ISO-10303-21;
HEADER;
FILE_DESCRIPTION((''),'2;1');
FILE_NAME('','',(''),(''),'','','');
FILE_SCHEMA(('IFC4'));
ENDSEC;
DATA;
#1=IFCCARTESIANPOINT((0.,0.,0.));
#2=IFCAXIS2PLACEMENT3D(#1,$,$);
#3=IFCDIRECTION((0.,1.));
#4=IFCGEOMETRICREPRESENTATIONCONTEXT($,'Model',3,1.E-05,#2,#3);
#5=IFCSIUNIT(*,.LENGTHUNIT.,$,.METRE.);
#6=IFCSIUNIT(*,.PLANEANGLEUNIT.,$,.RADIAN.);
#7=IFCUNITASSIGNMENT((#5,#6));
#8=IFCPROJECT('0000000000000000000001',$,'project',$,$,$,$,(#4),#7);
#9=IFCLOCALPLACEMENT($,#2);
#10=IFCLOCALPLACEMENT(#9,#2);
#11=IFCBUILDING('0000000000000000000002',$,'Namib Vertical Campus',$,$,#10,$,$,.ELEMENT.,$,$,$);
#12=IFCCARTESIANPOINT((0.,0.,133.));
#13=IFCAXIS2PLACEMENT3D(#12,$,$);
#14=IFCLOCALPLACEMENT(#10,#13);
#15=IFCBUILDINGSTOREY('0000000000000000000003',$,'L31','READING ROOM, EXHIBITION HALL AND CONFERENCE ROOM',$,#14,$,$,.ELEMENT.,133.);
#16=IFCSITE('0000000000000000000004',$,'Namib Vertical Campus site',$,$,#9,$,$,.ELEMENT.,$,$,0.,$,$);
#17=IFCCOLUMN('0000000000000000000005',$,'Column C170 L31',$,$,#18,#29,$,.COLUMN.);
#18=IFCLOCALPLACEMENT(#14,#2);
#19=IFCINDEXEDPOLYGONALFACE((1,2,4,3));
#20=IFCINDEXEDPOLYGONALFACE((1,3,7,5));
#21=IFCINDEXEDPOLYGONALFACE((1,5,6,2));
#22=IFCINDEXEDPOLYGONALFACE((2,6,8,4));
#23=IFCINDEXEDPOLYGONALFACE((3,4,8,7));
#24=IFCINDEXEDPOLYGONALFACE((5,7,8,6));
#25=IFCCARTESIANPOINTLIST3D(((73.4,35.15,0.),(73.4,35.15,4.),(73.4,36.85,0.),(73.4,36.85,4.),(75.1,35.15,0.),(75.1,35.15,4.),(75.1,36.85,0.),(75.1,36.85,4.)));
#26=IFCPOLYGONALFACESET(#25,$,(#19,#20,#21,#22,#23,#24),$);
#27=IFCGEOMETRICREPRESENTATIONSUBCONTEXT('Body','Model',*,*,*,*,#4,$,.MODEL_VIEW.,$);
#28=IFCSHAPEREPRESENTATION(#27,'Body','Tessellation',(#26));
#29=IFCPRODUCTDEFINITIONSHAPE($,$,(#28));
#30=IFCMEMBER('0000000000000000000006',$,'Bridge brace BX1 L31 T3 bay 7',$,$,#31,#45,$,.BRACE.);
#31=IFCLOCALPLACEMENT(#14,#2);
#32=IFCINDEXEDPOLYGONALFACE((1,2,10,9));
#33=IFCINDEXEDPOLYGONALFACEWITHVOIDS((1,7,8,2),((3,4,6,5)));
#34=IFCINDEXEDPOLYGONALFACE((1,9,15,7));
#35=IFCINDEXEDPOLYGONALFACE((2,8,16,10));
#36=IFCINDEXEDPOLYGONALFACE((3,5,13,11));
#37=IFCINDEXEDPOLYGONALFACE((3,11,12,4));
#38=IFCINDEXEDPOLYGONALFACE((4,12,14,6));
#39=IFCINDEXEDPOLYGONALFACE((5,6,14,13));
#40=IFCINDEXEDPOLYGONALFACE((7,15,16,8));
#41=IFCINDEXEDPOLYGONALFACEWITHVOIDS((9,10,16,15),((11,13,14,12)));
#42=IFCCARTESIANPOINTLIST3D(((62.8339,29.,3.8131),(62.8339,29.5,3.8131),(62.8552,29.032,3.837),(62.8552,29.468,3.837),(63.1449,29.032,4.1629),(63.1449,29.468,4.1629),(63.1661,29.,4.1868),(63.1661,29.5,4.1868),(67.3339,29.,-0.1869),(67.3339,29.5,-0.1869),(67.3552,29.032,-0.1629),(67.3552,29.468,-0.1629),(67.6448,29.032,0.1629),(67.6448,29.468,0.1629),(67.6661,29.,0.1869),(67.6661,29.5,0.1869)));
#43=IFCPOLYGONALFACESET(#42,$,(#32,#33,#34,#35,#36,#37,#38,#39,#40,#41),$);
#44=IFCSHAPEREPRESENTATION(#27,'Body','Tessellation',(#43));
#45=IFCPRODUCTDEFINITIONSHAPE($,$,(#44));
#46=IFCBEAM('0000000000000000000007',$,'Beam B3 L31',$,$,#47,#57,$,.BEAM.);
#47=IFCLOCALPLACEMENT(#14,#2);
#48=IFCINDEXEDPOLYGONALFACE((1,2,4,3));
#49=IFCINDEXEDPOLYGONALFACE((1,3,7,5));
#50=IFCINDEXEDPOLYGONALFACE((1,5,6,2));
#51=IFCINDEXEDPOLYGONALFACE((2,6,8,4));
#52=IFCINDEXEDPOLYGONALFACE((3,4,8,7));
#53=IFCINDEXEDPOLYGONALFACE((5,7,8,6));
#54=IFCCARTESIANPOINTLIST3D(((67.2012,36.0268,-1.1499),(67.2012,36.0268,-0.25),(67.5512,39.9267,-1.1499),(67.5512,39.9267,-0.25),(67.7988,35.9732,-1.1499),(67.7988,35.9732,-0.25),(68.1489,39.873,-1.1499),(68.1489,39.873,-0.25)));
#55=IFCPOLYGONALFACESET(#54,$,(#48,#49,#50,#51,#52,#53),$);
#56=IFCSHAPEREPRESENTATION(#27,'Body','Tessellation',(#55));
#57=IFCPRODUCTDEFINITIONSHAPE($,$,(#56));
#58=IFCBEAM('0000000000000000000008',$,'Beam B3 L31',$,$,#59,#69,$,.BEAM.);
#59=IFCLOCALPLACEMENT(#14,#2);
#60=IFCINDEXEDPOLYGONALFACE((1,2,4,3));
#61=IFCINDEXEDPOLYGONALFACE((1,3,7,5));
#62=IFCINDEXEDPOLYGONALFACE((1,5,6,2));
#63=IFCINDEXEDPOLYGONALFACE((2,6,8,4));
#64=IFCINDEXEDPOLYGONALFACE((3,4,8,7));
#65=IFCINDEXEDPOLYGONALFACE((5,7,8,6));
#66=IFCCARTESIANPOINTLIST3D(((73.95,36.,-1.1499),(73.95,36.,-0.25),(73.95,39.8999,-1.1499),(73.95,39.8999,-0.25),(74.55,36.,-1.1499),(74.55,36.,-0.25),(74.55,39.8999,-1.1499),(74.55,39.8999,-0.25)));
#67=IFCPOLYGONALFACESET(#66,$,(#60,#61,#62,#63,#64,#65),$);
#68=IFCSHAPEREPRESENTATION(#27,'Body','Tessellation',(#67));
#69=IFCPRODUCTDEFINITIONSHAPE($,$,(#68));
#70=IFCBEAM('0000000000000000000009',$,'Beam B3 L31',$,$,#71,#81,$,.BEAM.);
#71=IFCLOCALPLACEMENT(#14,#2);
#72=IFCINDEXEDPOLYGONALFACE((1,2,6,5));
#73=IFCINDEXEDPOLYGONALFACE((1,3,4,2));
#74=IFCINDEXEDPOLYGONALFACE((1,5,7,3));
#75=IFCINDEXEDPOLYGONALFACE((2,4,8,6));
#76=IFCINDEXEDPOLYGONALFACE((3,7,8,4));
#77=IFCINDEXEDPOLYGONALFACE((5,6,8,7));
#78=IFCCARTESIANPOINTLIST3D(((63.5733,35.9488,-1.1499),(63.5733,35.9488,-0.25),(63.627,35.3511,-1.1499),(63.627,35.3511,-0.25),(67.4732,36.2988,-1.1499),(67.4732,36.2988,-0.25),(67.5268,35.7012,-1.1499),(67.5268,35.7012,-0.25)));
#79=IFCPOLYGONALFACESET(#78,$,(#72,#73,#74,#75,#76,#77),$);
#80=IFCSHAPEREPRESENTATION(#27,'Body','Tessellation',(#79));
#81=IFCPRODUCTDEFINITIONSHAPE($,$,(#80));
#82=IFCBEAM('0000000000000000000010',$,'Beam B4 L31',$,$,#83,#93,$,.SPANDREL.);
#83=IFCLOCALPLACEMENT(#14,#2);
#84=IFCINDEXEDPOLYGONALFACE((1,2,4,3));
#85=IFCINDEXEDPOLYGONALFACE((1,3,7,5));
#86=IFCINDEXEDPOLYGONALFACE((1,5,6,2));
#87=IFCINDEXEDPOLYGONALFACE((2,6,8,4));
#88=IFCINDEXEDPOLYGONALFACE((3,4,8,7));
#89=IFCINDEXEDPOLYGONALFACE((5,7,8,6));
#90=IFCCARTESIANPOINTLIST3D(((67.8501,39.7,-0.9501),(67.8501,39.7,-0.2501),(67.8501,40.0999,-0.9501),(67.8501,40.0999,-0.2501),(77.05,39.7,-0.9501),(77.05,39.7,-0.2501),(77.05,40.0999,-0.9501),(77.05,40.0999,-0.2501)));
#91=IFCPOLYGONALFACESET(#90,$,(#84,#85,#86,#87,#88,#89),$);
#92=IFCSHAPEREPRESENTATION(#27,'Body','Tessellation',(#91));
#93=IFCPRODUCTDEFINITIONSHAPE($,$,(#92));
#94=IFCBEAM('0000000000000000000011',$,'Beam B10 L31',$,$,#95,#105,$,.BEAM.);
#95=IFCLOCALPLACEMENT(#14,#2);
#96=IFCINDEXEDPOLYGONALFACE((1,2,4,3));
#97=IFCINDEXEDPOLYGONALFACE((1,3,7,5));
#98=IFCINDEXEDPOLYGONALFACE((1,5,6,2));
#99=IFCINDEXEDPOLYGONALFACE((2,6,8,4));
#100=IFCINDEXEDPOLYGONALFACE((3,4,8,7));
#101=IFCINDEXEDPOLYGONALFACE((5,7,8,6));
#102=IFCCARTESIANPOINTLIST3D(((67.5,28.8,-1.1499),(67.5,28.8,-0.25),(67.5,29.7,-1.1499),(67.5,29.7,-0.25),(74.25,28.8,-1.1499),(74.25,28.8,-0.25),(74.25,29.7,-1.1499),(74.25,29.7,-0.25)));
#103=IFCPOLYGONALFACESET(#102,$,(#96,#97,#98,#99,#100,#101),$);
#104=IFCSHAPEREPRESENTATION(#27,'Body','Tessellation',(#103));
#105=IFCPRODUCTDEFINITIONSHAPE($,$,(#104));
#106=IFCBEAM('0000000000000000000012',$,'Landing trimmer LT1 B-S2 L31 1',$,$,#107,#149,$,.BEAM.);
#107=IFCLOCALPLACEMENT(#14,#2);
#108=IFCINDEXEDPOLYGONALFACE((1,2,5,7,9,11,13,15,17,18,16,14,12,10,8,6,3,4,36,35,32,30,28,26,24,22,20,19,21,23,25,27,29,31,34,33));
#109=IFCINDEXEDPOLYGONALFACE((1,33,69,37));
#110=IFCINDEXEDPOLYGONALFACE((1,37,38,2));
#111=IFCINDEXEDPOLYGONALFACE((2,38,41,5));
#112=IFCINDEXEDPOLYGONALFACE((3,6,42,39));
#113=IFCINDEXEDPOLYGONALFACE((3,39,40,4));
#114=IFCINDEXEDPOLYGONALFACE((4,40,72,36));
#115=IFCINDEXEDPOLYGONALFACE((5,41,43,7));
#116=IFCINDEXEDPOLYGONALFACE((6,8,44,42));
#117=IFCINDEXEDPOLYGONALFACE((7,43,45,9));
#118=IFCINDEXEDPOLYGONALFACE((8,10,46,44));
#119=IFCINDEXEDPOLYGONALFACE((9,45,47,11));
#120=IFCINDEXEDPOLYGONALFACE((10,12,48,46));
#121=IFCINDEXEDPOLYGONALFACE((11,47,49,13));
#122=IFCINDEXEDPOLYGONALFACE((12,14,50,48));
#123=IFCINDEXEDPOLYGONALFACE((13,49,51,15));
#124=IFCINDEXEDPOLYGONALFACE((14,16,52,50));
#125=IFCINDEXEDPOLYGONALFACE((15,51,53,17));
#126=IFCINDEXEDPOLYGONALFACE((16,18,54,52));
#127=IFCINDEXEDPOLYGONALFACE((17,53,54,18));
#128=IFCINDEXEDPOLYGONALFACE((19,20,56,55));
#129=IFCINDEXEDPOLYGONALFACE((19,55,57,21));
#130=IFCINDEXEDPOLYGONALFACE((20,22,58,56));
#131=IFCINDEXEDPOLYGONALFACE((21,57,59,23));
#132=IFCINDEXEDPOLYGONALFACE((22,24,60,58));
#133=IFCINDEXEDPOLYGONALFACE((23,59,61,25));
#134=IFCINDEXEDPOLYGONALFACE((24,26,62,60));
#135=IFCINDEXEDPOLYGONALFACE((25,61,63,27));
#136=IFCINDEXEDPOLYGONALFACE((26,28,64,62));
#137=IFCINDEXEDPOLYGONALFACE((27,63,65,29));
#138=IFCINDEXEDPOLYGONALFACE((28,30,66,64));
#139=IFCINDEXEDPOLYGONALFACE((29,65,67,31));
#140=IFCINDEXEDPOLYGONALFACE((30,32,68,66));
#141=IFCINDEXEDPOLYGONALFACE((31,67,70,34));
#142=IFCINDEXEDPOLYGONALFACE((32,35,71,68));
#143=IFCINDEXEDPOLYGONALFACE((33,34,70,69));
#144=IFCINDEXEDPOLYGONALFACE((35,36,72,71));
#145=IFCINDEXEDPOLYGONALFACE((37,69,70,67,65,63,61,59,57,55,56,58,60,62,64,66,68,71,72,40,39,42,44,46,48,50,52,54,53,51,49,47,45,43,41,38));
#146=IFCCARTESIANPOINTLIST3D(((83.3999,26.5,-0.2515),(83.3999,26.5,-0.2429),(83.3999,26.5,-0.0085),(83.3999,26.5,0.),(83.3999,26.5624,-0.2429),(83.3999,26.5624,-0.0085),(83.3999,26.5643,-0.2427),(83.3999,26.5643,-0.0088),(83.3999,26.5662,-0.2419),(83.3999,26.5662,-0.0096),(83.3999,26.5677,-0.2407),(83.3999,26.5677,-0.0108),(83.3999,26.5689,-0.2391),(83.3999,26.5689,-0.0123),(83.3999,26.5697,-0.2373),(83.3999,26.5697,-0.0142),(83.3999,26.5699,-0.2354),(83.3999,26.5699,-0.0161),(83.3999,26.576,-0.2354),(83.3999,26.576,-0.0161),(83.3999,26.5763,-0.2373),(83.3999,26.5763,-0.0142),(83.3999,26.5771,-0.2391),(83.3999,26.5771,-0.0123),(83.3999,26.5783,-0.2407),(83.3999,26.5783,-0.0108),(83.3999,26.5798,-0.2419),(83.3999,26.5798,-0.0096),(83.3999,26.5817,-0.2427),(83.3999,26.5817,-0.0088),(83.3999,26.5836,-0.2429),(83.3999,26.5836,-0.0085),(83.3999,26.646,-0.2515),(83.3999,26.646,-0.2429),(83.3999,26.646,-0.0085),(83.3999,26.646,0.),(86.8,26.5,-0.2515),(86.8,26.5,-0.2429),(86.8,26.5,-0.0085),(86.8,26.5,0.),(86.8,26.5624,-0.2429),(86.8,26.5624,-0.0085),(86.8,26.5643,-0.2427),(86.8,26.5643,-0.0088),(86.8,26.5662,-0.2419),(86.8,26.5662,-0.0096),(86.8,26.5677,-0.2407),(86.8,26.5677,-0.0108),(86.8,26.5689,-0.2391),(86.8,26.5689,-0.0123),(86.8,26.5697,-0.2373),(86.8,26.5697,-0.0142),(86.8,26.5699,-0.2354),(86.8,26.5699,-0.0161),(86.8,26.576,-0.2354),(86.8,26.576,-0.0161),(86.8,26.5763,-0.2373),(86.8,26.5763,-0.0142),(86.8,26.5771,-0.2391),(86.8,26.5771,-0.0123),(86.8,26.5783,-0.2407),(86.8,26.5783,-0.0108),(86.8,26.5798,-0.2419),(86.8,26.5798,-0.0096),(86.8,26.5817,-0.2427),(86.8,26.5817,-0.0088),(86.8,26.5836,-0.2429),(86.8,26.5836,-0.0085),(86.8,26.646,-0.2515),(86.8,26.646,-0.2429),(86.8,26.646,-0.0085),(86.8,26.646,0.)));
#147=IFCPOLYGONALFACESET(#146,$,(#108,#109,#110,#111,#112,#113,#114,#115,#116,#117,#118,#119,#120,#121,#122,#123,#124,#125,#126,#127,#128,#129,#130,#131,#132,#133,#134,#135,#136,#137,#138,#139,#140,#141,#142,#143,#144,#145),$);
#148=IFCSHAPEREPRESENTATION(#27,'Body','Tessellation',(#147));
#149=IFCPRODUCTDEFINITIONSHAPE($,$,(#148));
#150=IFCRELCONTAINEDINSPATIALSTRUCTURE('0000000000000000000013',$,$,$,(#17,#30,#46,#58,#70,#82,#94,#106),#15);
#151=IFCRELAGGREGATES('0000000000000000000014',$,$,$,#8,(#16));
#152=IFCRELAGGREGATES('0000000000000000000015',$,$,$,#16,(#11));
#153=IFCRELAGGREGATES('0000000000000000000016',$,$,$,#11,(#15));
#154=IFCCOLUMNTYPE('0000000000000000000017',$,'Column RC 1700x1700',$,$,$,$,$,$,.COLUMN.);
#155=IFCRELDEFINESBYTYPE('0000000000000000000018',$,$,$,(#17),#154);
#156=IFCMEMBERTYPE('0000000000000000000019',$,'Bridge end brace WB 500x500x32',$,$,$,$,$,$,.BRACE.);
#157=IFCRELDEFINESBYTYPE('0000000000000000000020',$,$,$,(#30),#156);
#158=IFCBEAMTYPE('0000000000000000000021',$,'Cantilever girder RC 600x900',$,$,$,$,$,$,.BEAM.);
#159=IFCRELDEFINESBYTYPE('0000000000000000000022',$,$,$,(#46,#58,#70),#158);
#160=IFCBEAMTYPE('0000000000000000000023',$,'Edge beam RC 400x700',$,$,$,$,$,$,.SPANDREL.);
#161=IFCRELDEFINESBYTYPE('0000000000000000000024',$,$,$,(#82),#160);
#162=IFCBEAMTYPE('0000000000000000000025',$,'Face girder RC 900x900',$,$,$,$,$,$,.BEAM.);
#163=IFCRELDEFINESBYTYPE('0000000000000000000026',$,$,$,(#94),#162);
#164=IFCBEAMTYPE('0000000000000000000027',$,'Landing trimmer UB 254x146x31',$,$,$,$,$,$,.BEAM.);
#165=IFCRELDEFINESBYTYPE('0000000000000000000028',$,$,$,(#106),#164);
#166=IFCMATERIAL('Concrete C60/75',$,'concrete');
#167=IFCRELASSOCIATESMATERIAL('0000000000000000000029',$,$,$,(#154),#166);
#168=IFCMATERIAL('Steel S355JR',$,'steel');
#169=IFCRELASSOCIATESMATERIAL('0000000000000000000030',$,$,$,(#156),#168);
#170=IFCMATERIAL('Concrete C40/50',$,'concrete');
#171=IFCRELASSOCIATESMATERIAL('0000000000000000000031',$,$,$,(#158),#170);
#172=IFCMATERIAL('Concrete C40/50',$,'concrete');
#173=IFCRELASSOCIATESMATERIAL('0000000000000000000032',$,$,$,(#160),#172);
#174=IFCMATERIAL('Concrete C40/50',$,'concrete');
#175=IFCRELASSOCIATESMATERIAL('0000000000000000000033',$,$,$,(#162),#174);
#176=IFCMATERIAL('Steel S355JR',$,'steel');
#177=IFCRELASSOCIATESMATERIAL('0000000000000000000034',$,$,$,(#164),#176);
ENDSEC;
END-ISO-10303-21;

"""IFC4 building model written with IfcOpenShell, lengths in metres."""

from ifc_helpers import new_model, si_unit, direction, frame, origin, origin_2d, place, context, subcontext, project, spatial, rectangle, hollow_rectangle, i_section, extrude, material, material_profile, profile_set, type_object, element, save


model = new_model("IFC4")

# Units and contexts
model_context = context("Model", 3, precision=1e-05, world=origin(), true_north=direction((0.0, 1.0)))
body_context = subcontext(model_context, "Body", "Model", "MODEL_VIEW")
ifc_project = project(units=[si_unit("LENGTHUNIT", "METRE"), si_unit("PLANEANGLEUNIT", "RADIAN")], contexts=[model_context])

# Site, building, storey
site_placement = place(None, origin())
site = spatial("IfcSite", under=ifc_project, at=site_placement, Name="Namib Vertical Campus site", CompositionType="ELEMENT", RefElevation=0.0)
building_placement = place(site_placement, origin())
building = spatial("IfcBuilding", under=site, at=building_placement, Name="Namib Vertical Campus", CompositionType="ELEMENT")
storey_placement = place(building_placement, frame((0.0, 0.0, 133.0)))
storey = spatial("IfcBuildingStorey", under=building, at=storey_placement, Name="L31", Description="READING ROOM, EXHIBITION HALL AND CONFERENCE ROOM", CompositionType="ELEMENT", Elevation=133.0)

# Column
ifc_material_1 = material(Name="Concrete C60/75", Category="concrete")
ifc_material_profile_1 = material_profile(ifc_material_1, rectangle(XDim=1.7, YDim=1.7, at=origin_2d()))
ifc_profile_set_1 = profile_set([ifc_material_profile_1], Name="Concrete C60/75")
column_type = type_object("IfcColumnType", Name="Column RC 1700x1700", PredefinedType="COLUMN", material=ifc_profile_set_1)
column_placement = place(storey_placement, frame((74.25, 36.0, 0.0), z_axis=(0.0, 0.0, 1.0), x_axis=(1.0, 0.0, 0.0)))
element("IfcColumn", 1, at=column_placement, inside=storey, type_object=column_type, Name="Column C170 L31", PredefinedType="COLUMN", context=body_context, shape_type="SweptSolid", body=[
    extrude(rectangle(XDim=1.7, YDim=1.7, at=origin_2d()), origin(), (0.0, 0.0, 1.0), 4.0),
])

# Member
ifc_material_2 = material(Name="Steel S355JR", Category="steel")
ifc_material_profile_2 = material_profile(ifc_material_2, hollow_rectangle(XDim=0.5, YDim=0.5, WallThickness=0.032, at=origin_2d()))
ifc_profile_set_2 = profile_set([ifc_material_profile_2], Name="Steel S355JR")
member_type = type_object("IfcMemberType", Name="Bridge end brace WB 500x500x32", PredefinedType="BRACE", material=ifc_profile_set_2)
member_placement = place(storey_placement, frame((67.5, 29.25, 0.0), z_axis=(-0.747409, 0.0, 0.664364), x_axis=(0.0, -1.0, 0.0)))
element("IfcMember", 2, at=member_placement, inside=storey, type_object=member_type, Name="Bridge brace BX1 L31 T3 bay 7", PredefinedType="BRACE", context=body_context, shape_type="SweptSolid", body=[
    extrude(hollow_rectangle(XDim=0.5, YDim=0.5, WallThickness=0.032, at=origin_2d()), origin(), (0.0, 0.0, 1.0), 6.0208),
])

# Beams
ifc_material_3 = material(Name="Concrete C40/50", Category="concrete")
ifc_material_profile_3 = material_profile(ifc_material_3, rectangle(XDim=0.6001, YDim=0.8999, at=origin_2d()))
ifc_profile_set_3 = profile_set([ifc_material_profile_3], Name="Concrete C40/50")
beam_type_1 = type_object("IfcBeamType", Name="Cantilever girder RC 600x900", PredefinedType="BEAM", material=ifc_profile_set_3)
beam_1_placement = place(storey_placement, frame((67.5, 36.0, -0.7), z_axis=(0.089411, 0.995995, 0.0), x_axis=(-0.995995, 0.089411, 0.0)))
element("IfcBeam", 3, at=beam_1_placement, inside=storey, type_object=beam_type_1, Name="Beam B3 L31", PredefinedType="BEAM", context=body_context, shape_type="SweptSolid", body=[
    extrude(rectangle(XDim=0.6001, YDim=0.8999, at=origin_2d()), origin(), (0.0, 0.0, 1.0), 3.9155),
])
beam_2_placement = place(storey_placement, frame((74.25, 36.0, -0.7), z_axis=(0.0, 1.0, 0.0), x_axis=(-1.0, 0.0, 0.0)))
element("IfcBeam", 4, at=beam_2_placement, inside=storey, type_object=beam_type_1, Name="Beam B3 L31", PredefinedType="BEAM", context=body_context, shape_type="SweptSolid", body=[
    extrude(rectangle(XDim=0.6001, YDim=0.8999, at=origin_2d()), origin(), (0.0, 0.0, 1.0), 3.8999),
])
beam_3_placement = place(storey_placement, frame((67.5, 36.0, -0.7), z_axis=(-0.995995, -0.089411, 0.0), x_axis=(0.089411, -0.995995, 0.0)))
element("IfcBeam", 5, at=beam_3_placement, inside=storey, type_object=beam_type_1, Name="Beam B3 L31", PredefinedType="BEAM", context=body_context, shape_type="SweptSolid", body=[
    extrude(rectangle(XDim=0.6001, YDim=0.8999, at=origin_2d()), origin(), (0.0, 0.0, 1.0), 3.9155),
])
ifc_material_4 = material(Name="Concrete C40/50", Category="concrete")
ifc_material_profile_4 = material_profile(ifc_material_4, rectangle(XDim=0.3999, YDim=0.7, at=origin_2d()))
ifc_profile_set_4 = profile_set([ifc_material_profile_4], Name="Concrete C40/50")
beam_type_2 = type_object("IfcBeamType", Name="Edge beam RC 400x700", PredefinedType="SPANDREL", material=ifc_profile_set_4)
beam_4_placement = place(storey_placement, frame((67.8501, 39.8999, -0.6001), z_axis=(1.0, 0.0, 0.0), x_axis=(0.0, 1.0, 0.0)))
element("IfcBeam", 6, at=beam_4_placement, inside=storey, type_object=beam_type_2, Name="Beam B4 L31", PredefinedType="SPANDREL", context=body_context, shape_type="SweptSolid", body=[
    extrude(rectangle(XDim=0.3999, YDim=0.7, at=origin_2d()), origin(), (0.0, 0.0, 1.0), 9.2),
])
ifc_material_5 = material(Name="Concrete C40/50", Category="concrete")
ifc_material_profile_5 = material_profile(ifc_material_5, rectangle(XDim=0.8999, YDim=0.8999, at=origin_2d()))
ifc_profile_set_5 = profile_set([ifc_material_profile_5], Name="Concrete C40/50")
beam_type_3 = type_object("IfcBeamType", Name="Face girder RC 900x900", PredefinedType="BEAM", material=ifc_profile_set_5)
beam_5_placement = place(storey_placement, frame((67.5, 29.25, -0.7), z_axis=(1.0, 0.0, 0.0), x_axis=(0.0, 1.0, 0.0)))
element("IfcBeam", 7, at=beam_5_placement, inside=storey, type_object=beam_type_3, Name="Beam B10 L31", PredefinedType="BEAM", context=body_context, shape_type="SweptSolid", body=[
    extrude(rectangle(XDim=0.8999, YDim=0.8999, at=origin_2d()), origin(), (0.0, 0.0, 1.0), 6.75),
])
ifc_material_6 = material(Name="Steel S355JR", Category="steel")
ifc_material_profile_6 = material_profile(ifc_material_6, i_section(OverallWidth=0.146, OverallDepth=0.2515, WebThickness=0.0061, FlangeThickness=0.0085, FilletRadius=0.0076, at=origin_2d()))
ifc_profile_set_6 = profile_set([ifc_material_profile_6], Name="Steel S355JR")
beam_type_4 = type_object("IfcBeamType", Name="Landing trimmer UB 254x146x31", PredefinedType="BEAM", material=ifc_profile_set_6)
for number, where, z_axis, x_axis, name in (
    (8, (83.3999, 26.573, -0.1257), (1.0, 0.0, 0.0), (0.0, 1.0, 0.0), "Landing trimmer LT1 B-S2 L31 1"),
):
    element("IfcBeam", number, at=place(storey_placement, frame(where, z_axis=z_axis, x_axis=x_axis)), inside=storey, type_object=beam_type_4, Name=name, PredefinedType="BEAM", context=body_context, shape_type="SweptSolid", body=[
        extrude(i_section(OverallWidth=0.146, OverallDepth=0.2515, WebThickness=0.0061, FlangeThickness=0.0085, FilletRadius=0.0076, at=origin_2d()), origin(), (0.0, 0.0, 1.0), 3.4001),
    ])

save(model, "model.ifc")
